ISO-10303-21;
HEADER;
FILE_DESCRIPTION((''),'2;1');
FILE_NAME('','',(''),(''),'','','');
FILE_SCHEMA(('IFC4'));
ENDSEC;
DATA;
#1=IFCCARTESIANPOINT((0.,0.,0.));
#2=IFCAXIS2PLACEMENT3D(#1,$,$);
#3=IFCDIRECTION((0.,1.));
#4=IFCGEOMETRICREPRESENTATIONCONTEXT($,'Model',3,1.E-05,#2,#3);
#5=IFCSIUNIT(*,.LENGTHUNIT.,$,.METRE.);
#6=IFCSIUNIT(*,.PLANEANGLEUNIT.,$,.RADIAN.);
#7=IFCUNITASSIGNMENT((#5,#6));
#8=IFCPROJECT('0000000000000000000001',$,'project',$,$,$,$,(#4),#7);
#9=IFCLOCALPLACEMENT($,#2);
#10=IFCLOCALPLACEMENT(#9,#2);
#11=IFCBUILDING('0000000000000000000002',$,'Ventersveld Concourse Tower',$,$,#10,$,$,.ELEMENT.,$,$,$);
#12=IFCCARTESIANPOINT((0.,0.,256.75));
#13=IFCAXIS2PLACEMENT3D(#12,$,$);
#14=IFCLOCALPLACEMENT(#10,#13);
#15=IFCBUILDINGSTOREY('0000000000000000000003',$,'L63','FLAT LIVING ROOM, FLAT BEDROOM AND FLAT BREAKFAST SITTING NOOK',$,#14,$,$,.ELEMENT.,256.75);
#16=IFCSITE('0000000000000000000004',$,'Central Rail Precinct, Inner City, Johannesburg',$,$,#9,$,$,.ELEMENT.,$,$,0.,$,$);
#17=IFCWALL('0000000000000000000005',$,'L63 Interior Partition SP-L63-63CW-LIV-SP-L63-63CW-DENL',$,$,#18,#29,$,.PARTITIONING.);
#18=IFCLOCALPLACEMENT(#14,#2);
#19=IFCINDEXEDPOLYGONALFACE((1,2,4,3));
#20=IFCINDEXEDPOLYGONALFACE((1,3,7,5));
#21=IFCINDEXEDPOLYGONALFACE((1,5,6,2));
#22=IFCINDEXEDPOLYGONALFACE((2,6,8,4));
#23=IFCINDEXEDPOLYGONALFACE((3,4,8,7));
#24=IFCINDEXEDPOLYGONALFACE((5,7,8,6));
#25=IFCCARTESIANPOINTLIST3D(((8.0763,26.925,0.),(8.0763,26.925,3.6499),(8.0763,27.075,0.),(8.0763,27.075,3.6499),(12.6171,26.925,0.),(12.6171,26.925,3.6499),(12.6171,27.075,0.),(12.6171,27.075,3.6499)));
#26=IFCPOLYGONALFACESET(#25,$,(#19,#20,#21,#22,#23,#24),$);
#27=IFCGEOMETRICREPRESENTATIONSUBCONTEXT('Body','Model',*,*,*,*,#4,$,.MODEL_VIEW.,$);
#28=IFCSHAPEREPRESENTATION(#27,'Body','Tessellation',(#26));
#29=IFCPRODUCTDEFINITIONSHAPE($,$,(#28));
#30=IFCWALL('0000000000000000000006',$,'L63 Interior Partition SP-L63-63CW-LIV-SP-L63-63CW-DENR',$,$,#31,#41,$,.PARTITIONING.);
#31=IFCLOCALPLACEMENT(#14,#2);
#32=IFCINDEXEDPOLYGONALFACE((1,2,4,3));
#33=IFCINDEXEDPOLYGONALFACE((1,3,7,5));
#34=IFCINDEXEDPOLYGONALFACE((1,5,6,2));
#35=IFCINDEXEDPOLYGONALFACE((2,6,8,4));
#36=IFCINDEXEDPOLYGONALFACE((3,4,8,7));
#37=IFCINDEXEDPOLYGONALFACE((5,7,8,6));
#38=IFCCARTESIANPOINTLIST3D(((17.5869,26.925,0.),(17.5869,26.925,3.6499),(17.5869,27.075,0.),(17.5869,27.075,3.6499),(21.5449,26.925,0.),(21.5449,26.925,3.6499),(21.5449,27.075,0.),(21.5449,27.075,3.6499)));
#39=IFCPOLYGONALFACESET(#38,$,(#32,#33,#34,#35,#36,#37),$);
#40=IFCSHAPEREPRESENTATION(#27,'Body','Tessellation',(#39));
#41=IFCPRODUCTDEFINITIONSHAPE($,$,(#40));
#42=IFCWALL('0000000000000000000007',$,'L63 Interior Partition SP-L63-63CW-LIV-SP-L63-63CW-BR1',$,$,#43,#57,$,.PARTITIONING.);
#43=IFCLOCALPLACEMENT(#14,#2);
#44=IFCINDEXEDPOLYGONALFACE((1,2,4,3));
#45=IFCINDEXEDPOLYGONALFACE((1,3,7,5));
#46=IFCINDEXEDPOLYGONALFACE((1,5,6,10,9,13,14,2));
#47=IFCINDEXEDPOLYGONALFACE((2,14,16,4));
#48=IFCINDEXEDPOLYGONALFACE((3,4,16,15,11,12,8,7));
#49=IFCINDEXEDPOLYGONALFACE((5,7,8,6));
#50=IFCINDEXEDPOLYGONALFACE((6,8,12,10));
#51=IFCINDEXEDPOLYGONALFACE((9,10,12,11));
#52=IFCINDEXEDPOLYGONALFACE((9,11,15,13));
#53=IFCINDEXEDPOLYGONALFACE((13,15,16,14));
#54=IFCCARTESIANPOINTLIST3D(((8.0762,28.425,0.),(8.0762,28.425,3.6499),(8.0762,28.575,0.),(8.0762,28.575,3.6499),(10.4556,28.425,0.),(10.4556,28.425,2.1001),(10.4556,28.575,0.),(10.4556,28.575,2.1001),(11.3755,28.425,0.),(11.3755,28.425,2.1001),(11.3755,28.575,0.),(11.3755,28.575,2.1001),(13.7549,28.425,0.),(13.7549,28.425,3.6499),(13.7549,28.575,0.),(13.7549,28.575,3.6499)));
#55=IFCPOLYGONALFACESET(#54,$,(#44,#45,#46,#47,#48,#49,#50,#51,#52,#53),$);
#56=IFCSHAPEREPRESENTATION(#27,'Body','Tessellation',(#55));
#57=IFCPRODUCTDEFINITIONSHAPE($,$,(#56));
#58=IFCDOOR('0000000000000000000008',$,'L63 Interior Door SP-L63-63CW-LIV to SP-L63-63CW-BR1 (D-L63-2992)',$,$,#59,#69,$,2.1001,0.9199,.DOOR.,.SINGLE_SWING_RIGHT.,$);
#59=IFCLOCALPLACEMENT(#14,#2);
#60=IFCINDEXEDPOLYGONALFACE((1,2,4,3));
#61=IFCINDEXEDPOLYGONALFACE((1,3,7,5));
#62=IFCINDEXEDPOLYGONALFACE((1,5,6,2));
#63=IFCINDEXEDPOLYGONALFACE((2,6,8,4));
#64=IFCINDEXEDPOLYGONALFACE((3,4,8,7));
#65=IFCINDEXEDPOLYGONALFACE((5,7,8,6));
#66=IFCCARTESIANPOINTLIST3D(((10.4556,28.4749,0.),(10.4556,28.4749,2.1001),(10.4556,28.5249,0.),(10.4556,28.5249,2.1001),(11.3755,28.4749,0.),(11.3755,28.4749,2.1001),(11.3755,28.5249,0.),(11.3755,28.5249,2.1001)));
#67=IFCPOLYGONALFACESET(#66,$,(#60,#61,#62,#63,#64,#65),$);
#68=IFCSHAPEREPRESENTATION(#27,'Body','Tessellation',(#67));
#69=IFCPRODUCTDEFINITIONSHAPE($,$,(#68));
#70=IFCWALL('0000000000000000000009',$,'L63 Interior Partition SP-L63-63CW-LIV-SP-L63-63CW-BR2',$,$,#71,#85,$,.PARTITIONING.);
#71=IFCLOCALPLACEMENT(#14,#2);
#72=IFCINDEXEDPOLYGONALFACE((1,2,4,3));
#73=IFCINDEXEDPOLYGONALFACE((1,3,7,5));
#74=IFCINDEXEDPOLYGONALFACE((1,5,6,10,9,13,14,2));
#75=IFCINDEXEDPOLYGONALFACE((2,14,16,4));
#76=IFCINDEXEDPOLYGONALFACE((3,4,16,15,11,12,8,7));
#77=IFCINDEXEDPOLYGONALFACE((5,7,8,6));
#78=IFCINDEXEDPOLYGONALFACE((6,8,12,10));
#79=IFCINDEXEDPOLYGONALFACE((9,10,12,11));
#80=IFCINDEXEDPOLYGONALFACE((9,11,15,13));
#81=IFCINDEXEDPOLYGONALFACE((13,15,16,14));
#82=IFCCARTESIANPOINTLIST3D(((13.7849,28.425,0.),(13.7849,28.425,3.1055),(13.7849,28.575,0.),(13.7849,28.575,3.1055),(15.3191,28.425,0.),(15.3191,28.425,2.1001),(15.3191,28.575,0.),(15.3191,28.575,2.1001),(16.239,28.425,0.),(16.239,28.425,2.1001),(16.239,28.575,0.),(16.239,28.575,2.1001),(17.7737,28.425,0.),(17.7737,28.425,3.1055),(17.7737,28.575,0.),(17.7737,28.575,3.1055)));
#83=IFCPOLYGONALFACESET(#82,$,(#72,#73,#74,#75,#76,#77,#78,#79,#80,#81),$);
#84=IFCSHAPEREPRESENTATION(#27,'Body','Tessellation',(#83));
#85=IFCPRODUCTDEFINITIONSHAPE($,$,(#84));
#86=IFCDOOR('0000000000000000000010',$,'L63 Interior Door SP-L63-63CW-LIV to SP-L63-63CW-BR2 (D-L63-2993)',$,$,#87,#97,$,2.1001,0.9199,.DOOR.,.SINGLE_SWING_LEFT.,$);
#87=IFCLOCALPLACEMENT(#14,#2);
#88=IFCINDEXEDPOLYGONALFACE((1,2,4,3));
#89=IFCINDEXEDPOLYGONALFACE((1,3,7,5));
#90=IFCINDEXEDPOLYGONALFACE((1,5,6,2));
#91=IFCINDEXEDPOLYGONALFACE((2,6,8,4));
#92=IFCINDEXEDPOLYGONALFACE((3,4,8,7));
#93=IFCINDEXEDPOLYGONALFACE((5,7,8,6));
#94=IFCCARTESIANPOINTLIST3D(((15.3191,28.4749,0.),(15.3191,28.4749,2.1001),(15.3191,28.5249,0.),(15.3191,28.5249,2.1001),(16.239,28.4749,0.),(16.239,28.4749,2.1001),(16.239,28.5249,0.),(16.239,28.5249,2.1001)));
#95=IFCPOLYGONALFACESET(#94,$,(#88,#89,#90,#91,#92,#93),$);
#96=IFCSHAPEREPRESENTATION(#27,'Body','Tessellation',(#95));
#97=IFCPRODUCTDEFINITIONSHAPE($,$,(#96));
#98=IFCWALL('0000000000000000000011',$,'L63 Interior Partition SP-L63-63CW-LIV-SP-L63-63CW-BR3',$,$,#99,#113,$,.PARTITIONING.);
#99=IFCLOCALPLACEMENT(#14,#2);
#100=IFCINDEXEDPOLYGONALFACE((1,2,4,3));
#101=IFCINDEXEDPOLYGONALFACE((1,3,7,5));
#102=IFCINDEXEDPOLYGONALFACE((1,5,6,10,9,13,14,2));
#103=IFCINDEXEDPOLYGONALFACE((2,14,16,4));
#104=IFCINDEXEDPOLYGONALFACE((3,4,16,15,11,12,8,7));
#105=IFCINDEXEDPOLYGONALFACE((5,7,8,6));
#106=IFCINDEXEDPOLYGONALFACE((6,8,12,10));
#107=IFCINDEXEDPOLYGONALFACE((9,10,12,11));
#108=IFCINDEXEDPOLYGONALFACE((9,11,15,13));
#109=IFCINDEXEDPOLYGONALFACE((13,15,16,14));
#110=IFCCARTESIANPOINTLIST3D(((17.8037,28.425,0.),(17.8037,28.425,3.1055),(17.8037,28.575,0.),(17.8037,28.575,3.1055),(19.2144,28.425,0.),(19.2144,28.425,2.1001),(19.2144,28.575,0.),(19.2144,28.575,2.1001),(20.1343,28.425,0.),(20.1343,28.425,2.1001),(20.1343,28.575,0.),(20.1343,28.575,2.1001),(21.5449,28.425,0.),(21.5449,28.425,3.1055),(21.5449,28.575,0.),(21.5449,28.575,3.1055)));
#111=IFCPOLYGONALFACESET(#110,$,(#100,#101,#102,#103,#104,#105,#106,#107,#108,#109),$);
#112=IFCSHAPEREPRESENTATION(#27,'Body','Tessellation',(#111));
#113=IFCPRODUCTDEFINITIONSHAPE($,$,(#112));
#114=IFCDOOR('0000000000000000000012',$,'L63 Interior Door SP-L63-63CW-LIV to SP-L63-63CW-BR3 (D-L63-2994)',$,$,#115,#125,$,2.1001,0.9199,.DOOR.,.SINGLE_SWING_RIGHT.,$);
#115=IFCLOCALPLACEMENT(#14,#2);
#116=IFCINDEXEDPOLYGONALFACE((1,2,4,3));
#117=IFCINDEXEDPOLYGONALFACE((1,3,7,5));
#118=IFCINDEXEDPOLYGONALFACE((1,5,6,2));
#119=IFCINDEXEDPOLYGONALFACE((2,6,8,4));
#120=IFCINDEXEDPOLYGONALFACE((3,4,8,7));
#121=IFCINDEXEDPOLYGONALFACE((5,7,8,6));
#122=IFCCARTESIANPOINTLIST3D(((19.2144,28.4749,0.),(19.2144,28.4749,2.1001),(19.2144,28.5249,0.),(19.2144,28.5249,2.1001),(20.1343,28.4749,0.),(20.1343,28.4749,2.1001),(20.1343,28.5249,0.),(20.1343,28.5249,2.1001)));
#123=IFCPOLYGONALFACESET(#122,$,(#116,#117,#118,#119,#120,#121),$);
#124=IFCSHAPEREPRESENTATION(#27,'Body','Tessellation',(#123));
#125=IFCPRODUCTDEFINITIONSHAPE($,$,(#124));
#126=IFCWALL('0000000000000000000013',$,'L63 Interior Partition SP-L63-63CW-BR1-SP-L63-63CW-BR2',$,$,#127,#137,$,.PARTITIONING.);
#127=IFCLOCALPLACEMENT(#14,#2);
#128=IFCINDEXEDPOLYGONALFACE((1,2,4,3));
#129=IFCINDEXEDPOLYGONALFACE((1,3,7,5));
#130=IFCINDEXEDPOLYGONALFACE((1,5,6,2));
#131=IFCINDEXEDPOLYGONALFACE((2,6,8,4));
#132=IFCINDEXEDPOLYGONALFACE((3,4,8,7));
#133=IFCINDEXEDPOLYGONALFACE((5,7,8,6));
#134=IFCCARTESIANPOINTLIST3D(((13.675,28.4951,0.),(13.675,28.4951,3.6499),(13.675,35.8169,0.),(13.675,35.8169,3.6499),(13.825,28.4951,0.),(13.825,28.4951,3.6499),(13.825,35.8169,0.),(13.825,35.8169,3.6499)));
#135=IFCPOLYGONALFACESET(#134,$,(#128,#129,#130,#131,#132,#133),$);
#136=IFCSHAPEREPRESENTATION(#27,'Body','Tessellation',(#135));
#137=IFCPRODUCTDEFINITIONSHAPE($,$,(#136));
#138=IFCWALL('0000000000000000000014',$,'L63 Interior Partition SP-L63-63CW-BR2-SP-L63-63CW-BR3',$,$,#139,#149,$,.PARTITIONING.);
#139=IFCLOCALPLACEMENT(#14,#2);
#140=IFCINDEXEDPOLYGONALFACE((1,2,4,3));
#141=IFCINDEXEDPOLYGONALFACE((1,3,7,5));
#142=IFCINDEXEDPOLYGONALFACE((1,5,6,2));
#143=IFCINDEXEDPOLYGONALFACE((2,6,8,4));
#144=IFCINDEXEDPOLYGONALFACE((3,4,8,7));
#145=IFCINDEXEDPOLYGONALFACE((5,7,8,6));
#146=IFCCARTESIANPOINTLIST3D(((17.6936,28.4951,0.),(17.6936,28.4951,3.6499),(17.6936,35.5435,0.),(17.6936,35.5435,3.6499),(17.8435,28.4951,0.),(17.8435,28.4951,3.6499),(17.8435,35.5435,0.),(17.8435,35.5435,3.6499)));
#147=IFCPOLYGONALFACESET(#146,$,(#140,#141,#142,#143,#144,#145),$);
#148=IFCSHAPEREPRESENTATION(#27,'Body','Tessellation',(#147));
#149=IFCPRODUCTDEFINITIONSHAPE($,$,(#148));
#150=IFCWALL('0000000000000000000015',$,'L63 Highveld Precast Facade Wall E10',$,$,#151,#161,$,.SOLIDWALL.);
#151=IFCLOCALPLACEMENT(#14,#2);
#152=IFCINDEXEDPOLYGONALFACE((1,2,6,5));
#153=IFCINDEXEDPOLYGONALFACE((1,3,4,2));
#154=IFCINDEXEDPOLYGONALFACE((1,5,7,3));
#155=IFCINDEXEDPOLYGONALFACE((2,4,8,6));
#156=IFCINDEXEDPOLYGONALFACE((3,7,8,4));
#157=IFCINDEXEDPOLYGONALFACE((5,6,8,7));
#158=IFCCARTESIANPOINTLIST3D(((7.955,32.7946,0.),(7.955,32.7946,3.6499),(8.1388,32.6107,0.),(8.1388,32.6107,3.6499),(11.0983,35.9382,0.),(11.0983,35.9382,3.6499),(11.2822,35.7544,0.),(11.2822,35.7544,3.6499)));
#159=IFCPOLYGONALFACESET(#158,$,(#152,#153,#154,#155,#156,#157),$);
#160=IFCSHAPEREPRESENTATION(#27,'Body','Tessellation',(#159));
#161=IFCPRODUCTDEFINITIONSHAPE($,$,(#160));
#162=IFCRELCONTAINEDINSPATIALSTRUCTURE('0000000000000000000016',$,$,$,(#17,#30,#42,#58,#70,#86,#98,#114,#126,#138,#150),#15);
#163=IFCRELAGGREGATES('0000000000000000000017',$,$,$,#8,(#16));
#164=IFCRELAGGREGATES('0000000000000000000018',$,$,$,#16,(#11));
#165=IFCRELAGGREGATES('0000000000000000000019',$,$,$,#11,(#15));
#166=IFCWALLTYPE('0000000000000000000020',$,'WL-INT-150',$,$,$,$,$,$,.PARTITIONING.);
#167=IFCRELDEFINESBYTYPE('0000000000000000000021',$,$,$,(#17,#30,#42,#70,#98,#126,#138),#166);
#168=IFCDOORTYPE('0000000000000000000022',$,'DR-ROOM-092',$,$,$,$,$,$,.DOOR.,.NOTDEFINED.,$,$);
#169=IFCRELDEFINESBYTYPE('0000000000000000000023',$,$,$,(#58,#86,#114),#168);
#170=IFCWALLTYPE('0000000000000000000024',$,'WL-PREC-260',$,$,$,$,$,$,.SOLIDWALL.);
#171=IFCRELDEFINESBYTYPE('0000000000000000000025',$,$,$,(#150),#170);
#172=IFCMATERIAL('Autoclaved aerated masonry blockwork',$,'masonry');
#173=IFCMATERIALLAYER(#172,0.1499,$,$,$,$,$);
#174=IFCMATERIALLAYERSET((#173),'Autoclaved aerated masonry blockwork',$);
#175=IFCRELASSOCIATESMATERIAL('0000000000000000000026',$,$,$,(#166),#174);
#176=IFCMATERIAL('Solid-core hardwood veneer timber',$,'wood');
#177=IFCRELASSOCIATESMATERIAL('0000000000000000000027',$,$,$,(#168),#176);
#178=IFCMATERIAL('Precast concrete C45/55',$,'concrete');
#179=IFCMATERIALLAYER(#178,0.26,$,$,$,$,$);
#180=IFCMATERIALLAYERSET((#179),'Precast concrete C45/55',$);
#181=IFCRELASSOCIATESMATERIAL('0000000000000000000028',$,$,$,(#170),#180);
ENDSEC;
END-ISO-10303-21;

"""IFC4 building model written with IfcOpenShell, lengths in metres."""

from ifc_helpers import new_model, si_unit, direction, frame, frame_2d, origin, place, context, subcontext, project, spatial, rectangle, extrude, material, layer, layer_set, type_object, element, fill, save


model = new_model("IFC4")

# Units and contexts
model_context = context("Model", 3, precision=1e-05, world=origin(), true_north=direction((0.0, 1.0)))
body_context = subcontext(model_context, "Body", "Model", "MODEL_VIEW")
ifc_project = project(units=[si_unit("LENGTHUNIT", "METRE"), si_unit("PLANEANGLEUNIT", "RADIAN")], contexts=[model_context])

# Site, building, storey
site_placement = place(None, origin())
site = spatial("IfcSite", under=ifc_project, at=site_placement, Name="Central Rail Precinct, Inner City, Johannesburg", CompositionType="ELEMENT", RefElevation=0.0)
building_placement = place(site_placement, origin())
building = spatial("IfcBuilding", under=site, at=building_placement, Name="Ventersveld Concourse Tower", CompositionType="ELEMENT")
storey_placement = place(building_placement, frame((0.0, 0.0, 256.75)))
storey = spatial("IfcBuildingStorey", under=building, at=storey_placement, Name="L63", Description="FLAT LIVING ROOM, FLAT BEDROOM AND FLAT BREAKFAST SITTING NOOK", CompositionType="ELEMENT", Elevation=256.75)

# Walls
ifc_material_1 = material(Name="Autoclaved aerated masonry blockwork", Category="masonry")
ifc_layer_1 = layer(ifc_material_1, 0.1499)
ifc_layer_set_1 = layer_set([ifc_layer_1], Name="Autoclaved aerated masonry blockwork")
wall_type_1 = type_object("IfcWallType", Name="WL-INT-150", PredefinedType="PARTITIONING", material=ifc_layer_set_1)
wall_1_placement = place(storey_placement, frame((8.0762, 27.0, 0.0), z_axis=(0.0, 0.0, 1.0), x_axis=(1.0, 0.0, 0.0)))
element("IfcWall", 1, at=wall_1_placement, inside=storey, type_object=wall_type_1, Name="L63 Interior Partition SP-L63-63CW-LIV-SP-L63-63CW-DENL", PredefinedType="PARTITIONING", context=body_context, shape_type="SweptSolid", body=[
    extrude(rectangle(XDim=4.5408, YDim=0.1499, at=frame_2d((2.2705, 0.0))), origin(), (0.0, 0.0, 1.0), 3.6499),
])
wall_2_placement = place(storey_placement, frame((17.5869, 27.0, 0.0), z_axis=(0.0, 0.0, 1.0), x_axis=(1.0, 0.0, 0.0)))
element("IfcWall", 2, at=wall_2_placement, inside=storey, type_object=wall_type_1, Name="L63 Interior Partition SP-L63-63CW-LIV-SP-L63-63CW-DENR", PredefinedType="PARTITIONING", context=body_context, shape_type="SweptSolid", body=[
    extrude(rectangle(XDim=3.958, YDim=0.1499, at=frame_2d((1.979, 0.0))), origin(), (0.0, 0.0, 1.0), 3.6499),
])

# Walls, openings, doors
wall_3_placement = place(storey_placement, frame((8.0762, 28.5, 0.0), z_axis=(0.0, 0.0, 1.0), x_axis=(1.0, 0.0, 0.0)))
wall_3 = element("IfcWall", 3, at=wall_3_placement, inside=storey, type_object=wall_type_1, Name="L63 Interior Partition SP-L63-63CW-LIV-SP-L63-63CW-BR1", PredefinedType="PARTITIONING", context=body_context, shape_type="SweptSolid", body=[
    extrude(rectangle(XDim=5.6787, YDim=0.1499, at=frame_2d((2.8394, 0.0))), origin(), (0.0, 0.0, 1.0), 3.6499),
])
opening_1_placement = place(wall_3_placement, frame((2.3794, 0.0, 0.0)))
opening_1 = element("IfcOpeningElement", 4, at=opening_1_placement, cuts=wall_3, PredefinedType="OPENING", context=body_context, shape_type="SweptSolid", body=[
    extrude(rectangle(XDim=0.9199, YDim=2.1001, at=frame_2d((0.46, 1.05))), frame((0.0, 0.085, 0.0), z_axis=(0.0, -1.0, 0.0), x_axis=(1.0, 0.0, 0.0)), (0.0, 0.0, 1.0), 0.1699),
])
ifc_material_2 = material(Name="Solid-core hardwood veneer timber", Category="wood")
door_type = type_object("IfcDoorType", Name="DR-ROOM-092", OperationType="NOTDEFINED", PredefinedType="DOOR", material=ifc_material_2)
door_1_placement = place(opening_1_placement, origin())
door_1 = element("IfcDoor", 5, at=door_1_placement, inside=storey, type_object=door_type, Name="L63 Interior Door SP-L63-63CW-LIV to SP-L63-63CW-BR1 (D-L63-2992)", OperationType="SINGLE_SWING_RIGHT", OverallHeight=2.1001, OverallWidth=0.9199, PredefinedType="DOOR", context=body_context, shape_type="SweptSolid", body=[
    extrude(rectangle(XDim=0.9199, YDim=2.1001, at=frame_2d((0.46, 1.05))), frame((0.0, 0.0249, 0.0), z_axis=(0.0, -1.0, 0.0), x_axis=(1.0, 0.0, 0.0)), (0.0, 0.0, 1.0), 0.05),
])
fill(opening_1, door_1)
wall_4_placement = place(storey_placement, frame((13.7849, 28.5, 0.0), z_axis=(0.0, 0.0, 1.0), x_axis=(1.0, 0.0, 0.0)))
wall_4 = element("IfcWall", 6, at=wall_4_placement, inside=storey, type_object=wall_type_1, Name="L63 Interior Partition SP-L63-63CW-LIV-SP-L63-63CW-BR2", PredefinedType="PARTITIONING", context=body_context, shape_type="SweptSolid", body=[
    extrude(rectangle(XDim=3.9888, YDim=0.1499, at=frame_2d((1.9944, 0.0))), origin(), (0.0, 0.0, 1.0), 3.1055),
])
opening_2_placement = place(wall_4_placement, frame((1.5342, 0.0, 0.0)))
opening_2 = element("IfcOpeningElement", 7, at=opening_2_placement, cuts=wall_4, PredefinedType="OPENING", context=body_context, shape_type="SweptSolid", body=[
    extrude(rectangle(XDim=0.9199, YDim=2.1001, at=frame_2d((0.46, 1.05))), frame((0.0, 0.085, 0.0), z_axis=(0.0, -1.0, 0.0), x_axis=(1.0, 0.0, 0.0)), (0.0, 0.0, 1.0), 0.1699),
])
door_2_placement = place(opening_2_placement, origin())
door_2 = element("IfcDoor", 8, at=door_2_placement, inside=storey, type_object=door_type, Name="L63 Interior Door SP-L63-63CW-LIV to SP-L63-63CW-BR2 (D-L63-2993)", OperationType="SINGLE_SWING_LEFT", OverallHeight=2.1001, OverallWidth=0.9199, PredefinedType="DOOR", context=body_context, shape_type="SweptSolid", body=[
    extrude(rectangle(XDim=0.9199, YDim=2.1001, at=frame_2d((0.46, 1.05))), frame((0.0, 0.0249, 0.0), z_axis=(0.0, -1.0, 0.0), x_axis=(1.0, 0.0, 0.0)), (0.0, 0.0, 1.0), 0.05),
])
fill(opening_2, door_2)
wall_5_placement = place(storey_placement, frame((17.8037, 28.5, 0.0), z_axis=(0.0, 0.0, 1.0), x_axis=(1.0, 0.0, 0.0)))
wall_5 = element("IfcWall", 9, at=wall_5_placement, inside=storey, type_object=wall_type_1, Name="L63 Interior Partition SP-L63-63CW-LIV-SP-L63-63CW-BR3", PredefinedType="PARTITIONING", context=body_context, shape_type="SweptSolid", body=[
    extrude(rectangle(XDim=3.7412, YDim=0.1499, at=frame_2d((1.8706, 0.0))), origin(), (0.0, 0.0, 1.0), 3.1055),
])
opening_3_placement = place(wall_5_placement, frame((1.4106, 0.0, 0.0)))
opening_3 = element("IfcOpeningElement", 10, at=opening_3_placement, cuts=wall_5, PredefinedType="OPENING", context=body_context, shape_type="SweptSolid", body=[
    extrude(rectangle(XDim=0.9199, YDim=2.1001, at=frame_2d((0.46, 1.05))), frame((0.0, 0.085, 0.0), z_axis=(0.0, -1.0, 0.0), x_axis=(1.0, 0.0, 0.0)), (0.0, 0.0, 1.0), 0.1699),
])
door_3_placement = place(opening_3_placement, origin())
door_3 = element("IfcDoor", 11, at=door_3_placement, inside=storey, type_object=door_type, Name="L63 Interior Door SP-L63-63CW-LIV to SP-L63-63CW-BR3 (D-L63-2994)", OperationType="SINGLE_SWING_RIGHT", OverallHeight=2.1001, OverallWidth=0.9199, PredefinedType="DOOR", context=body_context, shape_type="SweptSolid", body=[
    extrude(rectangle(XDim=0.9199, YDim=2.1001, at=frame_2d((0.46, 1.05))), frame((0.0, 0.0249, 0.0), z_axis=(0.0, -1.0, 0.0), x_axis=(1.0, 0.0, 0.0)), (0.0, 0.0, 1.0), 0.05),
])
fill(opening_3, door_3)

# Walls
wall_6_placement = place(storey_placement, frame((13.75, 28.4951, 0.0), z_axis=(0.0, 0.0, 1.0), x_axis=(0.0, 1.0, 0.0)))
element("IfcWall", 12, at=wall_6_placement, inside=storey, type_object=wall_type_1, Name="L63 Interior Partition SP-L63-63CW-BR1-SP-L63-63CW-BR2", PredefinedType="PARTITIONING", context=body_context, shape_type="SweptSolid", body=[
    extrude(rectangle(XDim=7.3218, YDim=0.1499, at=frame_2d((3.6609, 0.0))), origin(), (0.0, 0.0, 1.0), 3.6499),
])
wall_7_placement = place(storey_placement, frame((17.7686, 28.4951, 0.0), z_axis=(0.0, 0.0, 1.0), x_axis=(0.0, 1.0, 0.0)))
element("IfcWall", 13, at=wall_7_placement, inside=storey, type_object=wall_type_1, Name="L63 Interior Partition SP-L63-63CW-BR2-SP-L63-63CW-BR3", PredefinedType="PARTITIONING", context=body_context, shape_type="SweptSolid", body=[
    extrude(rectangle(XDim=7.0483, YDim=0.1499, at=frame_2d((3.5242, 0.0))), origin(), (0.0, 0.0, 1.0), 3.6499),
])
ifc_material_3 = material(Name="Precast concrete C45/55", Category="concrete")
ifc_layer_2 = layer(ifc_material_3, 0.26)
ifc_layer_set_2 = layer_set([ifc_layer_2], Name="Precast concrete C45/55")
wall_type_2 = type_object("IfcWallType", Name="WL-PREC-260", PredefinedType="SOLIDWALL", material=ifc_layer_set_2)
wall_8_placement = place(storey_placement, frame((11.1902, 35.8462, 0.0), z_axis=(0.0, 0.0, 1.0), x_axis=(-0.707079, -0.707134, 0.0)))
element("IfcWall", 14, at=wall_8_placement, inside=storey, type_object=wall_type_2, Name="L63 Highveld Precast Facade Wall E10", PredefinedType="SOLIDWALL", context=body_context, shape_type="SweptSolid", body=[
    extrude(rectangle(XDim=4.4456, YDim=0.26, at=frame_2d((2.2227, 0.0))), origin(), (0.0, 0.0, 1.0), 3.6499),
])

save(model, "model.ifc")
